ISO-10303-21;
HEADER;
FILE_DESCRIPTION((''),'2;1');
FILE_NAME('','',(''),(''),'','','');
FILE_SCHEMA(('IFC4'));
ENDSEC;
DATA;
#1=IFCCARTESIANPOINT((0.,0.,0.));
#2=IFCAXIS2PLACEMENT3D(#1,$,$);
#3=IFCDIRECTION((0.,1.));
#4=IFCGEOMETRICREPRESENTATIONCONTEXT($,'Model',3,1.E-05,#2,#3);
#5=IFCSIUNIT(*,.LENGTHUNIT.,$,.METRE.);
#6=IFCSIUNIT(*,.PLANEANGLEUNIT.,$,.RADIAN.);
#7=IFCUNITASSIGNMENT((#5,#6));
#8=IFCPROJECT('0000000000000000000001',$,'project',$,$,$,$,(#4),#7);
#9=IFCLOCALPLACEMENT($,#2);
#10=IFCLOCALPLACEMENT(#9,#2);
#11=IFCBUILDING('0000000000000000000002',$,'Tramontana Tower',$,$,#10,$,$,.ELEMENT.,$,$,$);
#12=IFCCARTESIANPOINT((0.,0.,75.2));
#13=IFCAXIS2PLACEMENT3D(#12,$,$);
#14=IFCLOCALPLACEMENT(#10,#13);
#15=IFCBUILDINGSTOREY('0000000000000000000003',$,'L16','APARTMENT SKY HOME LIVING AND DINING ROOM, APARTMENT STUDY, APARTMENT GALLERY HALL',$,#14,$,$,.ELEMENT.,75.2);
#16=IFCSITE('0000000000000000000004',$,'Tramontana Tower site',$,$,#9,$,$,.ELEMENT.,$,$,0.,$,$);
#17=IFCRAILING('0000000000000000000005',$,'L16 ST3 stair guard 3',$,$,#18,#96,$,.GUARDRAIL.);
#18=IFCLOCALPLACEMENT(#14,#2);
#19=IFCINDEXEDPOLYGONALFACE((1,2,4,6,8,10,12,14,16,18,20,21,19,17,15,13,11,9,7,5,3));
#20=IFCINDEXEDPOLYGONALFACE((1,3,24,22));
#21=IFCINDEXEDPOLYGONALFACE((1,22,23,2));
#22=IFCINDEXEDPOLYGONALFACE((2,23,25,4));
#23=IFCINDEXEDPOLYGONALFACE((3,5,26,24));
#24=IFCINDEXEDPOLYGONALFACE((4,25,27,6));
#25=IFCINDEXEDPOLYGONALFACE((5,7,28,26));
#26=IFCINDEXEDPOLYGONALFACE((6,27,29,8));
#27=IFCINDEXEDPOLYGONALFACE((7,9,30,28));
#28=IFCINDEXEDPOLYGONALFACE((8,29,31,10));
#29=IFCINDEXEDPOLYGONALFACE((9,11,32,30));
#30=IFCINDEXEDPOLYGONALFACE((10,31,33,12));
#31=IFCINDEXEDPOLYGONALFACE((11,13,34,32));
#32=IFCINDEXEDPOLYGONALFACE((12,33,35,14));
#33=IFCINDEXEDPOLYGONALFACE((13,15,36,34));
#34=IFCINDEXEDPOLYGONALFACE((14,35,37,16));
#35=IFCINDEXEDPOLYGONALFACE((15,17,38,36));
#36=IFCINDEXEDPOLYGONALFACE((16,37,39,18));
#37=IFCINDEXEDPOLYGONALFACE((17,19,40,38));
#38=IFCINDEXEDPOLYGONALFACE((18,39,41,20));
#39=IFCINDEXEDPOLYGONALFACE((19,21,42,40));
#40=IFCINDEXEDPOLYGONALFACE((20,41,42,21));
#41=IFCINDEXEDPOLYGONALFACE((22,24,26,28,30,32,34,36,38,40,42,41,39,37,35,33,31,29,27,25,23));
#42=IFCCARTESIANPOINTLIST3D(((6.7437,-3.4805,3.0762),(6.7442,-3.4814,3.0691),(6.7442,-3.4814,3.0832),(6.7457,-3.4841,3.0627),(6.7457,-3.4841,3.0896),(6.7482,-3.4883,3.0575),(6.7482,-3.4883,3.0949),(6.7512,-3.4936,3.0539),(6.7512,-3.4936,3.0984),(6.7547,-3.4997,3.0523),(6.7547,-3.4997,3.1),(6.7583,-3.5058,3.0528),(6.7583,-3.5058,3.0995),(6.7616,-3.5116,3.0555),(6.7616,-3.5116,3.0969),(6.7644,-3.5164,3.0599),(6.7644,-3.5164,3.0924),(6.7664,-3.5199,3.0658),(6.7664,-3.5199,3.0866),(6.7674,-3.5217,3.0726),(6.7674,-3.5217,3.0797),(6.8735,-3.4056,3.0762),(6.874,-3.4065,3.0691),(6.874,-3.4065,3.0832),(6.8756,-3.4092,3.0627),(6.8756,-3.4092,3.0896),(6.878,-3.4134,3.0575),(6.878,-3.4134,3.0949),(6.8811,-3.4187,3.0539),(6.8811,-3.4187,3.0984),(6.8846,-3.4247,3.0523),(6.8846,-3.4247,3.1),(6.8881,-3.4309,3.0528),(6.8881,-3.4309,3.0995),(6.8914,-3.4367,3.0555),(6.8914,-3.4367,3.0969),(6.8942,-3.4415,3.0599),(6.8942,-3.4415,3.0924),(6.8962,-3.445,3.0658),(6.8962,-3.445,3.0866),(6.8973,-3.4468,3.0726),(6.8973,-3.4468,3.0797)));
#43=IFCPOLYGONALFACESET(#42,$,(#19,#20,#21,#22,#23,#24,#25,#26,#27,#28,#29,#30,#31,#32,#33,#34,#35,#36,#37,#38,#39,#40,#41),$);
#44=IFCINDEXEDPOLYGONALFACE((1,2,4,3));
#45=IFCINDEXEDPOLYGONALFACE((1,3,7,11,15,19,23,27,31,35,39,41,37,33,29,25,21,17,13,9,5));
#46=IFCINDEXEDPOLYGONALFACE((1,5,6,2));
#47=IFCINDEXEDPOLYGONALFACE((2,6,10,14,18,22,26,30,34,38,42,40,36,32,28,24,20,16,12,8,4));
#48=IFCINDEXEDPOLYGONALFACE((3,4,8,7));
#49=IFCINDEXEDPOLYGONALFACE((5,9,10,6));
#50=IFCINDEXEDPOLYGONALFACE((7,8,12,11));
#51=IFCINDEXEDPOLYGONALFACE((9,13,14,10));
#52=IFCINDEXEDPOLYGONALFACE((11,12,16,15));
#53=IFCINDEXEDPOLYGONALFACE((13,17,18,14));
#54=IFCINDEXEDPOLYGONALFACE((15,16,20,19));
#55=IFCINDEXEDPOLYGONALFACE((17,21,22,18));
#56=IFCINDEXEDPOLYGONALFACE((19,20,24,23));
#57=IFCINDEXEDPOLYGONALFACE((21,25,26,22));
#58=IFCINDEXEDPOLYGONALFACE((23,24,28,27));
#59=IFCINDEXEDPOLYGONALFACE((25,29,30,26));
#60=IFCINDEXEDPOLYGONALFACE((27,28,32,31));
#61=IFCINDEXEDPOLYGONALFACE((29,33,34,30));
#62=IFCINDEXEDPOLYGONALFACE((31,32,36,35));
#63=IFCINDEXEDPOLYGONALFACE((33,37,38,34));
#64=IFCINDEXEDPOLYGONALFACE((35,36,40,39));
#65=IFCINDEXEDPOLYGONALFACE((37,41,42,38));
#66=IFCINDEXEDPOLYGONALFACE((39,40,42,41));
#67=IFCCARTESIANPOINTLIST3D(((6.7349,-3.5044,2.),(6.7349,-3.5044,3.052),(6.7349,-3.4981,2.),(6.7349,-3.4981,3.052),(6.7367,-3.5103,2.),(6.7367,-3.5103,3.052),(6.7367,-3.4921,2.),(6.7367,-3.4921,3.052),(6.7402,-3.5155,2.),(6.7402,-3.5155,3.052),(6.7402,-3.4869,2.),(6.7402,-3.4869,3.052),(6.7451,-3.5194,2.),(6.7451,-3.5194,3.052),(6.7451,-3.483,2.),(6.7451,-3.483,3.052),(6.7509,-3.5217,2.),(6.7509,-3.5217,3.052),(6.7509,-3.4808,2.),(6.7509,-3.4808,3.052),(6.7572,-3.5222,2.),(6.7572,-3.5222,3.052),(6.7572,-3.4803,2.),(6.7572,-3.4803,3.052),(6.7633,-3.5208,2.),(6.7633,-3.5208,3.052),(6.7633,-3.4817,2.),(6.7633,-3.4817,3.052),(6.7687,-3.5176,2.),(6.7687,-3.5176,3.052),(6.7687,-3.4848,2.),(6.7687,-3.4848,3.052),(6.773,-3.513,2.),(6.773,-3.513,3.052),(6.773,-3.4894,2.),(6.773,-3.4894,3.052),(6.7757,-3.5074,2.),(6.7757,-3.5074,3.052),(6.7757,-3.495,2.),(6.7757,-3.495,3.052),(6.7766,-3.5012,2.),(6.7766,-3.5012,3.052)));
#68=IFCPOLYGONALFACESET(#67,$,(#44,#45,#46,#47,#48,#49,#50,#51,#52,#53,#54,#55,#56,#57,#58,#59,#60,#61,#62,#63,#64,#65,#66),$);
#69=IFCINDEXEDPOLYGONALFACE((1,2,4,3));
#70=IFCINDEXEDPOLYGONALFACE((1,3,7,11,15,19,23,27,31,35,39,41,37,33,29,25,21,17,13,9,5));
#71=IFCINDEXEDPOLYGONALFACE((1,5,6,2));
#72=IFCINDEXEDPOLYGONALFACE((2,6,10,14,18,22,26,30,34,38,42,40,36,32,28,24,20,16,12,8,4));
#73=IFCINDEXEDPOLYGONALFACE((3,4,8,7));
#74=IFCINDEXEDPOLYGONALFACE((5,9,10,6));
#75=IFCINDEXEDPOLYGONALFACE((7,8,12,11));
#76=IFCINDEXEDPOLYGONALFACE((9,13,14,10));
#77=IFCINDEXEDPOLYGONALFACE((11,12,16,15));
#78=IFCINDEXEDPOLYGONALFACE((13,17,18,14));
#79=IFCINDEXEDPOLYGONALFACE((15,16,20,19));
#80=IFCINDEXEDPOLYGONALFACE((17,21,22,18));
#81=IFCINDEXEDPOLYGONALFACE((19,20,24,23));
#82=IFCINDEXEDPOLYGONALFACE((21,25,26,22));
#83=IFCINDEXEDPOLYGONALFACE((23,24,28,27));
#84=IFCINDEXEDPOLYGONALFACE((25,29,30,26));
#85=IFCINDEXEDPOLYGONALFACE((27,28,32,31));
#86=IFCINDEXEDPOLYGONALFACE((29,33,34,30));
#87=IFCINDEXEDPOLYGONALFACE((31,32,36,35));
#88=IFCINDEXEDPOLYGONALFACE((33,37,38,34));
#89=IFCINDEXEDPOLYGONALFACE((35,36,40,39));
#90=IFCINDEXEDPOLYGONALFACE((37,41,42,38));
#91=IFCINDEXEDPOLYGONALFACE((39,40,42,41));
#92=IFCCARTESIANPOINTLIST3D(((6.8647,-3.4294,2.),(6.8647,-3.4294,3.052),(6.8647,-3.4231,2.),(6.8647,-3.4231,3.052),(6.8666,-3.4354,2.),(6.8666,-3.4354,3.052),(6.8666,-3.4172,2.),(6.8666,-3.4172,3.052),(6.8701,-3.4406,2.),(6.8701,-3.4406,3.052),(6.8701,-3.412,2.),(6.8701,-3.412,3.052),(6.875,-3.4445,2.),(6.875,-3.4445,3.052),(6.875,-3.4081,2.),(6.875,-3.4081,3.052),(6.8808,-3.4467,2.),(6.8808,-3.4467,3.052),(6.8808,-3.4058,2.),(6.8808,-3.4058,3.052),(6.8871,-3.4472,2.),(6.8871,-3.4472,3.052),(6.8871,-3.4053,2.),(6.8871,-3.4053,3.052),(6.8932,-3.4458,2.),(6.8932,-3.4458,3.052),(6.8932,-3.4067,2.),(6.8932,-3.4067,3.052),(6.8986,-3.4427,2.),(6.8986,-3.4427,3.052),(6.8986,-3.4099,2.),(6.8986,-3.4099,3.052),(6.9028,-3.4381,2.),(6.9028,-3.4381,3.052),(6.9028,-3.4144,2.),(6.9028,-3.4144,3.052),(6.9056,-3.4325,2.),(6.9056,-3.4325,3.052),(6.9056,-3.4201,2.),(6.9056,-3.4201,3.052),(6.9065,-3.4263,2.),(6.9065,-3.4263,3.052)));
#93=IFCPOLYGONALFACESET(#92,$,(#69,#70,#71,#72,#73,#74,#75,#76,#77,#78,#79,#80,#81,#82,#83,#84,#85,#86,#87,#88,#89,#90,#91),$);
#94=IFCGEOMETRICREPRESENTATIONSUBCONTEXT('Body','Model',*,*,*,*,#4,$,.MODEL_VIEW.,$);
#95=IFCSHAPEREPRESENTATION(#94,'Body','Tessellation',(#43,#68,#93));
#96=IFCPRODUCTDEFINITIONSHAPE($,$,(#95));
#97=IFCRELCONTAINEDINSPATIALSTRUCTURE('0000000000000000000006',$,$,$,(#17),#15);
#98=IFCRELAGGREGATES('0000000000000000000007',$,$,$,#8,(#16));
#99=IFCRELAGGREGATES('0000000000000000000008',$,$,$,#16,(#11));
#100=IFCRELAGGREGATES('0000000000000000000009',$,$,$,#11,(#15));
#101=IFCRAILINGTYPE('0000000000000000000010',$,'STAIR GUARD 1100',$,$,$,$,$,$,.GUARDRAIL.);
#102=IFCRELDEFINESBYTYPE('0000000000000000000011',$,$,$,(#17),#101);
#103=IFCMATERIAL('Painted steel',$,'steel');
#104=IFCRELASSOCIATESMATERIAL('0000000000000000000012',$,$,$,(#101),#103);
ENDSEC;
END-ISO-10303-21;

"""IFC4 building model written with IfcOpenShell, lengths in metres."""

from ifc_helpers import new_model, si_unit, direction, frame, origin, origin_2d, place, context, subcontext, project, spatial, circle, extrude, material, type_object, element, save


model = new_model("IFC4")

# Units and contexts
model_context = context("Model", 3, precision=1e-05, world=origin(), true_north=direction((0.0, 1.0)))
body_context = subcontext(model_context, "Body", "Model", "MODEL_VIEW")
ifc_project = project(units=[si_unit("LENGTHUNIT", "METRE"), si_unit("PLANEANGLEUNIT", "RADIAN")], contexts=[model_context])

# Site, building, storey
site_placement = place(None, origin())
site = spatial("IfcSite", under=ifc_project, at=site_placement, Name="Tramontana Tower site", CompositionType="ELEMENT", RefElevation=0.0)
building_placement = place(site_placement, origin())
building = spatial("IfcBuilding", under=site, at=building_placement, Name="Tramontana Tower", CompositionType="ELEMENT")
storey_placement = place(building_placement, frame((0.0, 0.0, 75.2)))
storey = spatial("IfcBuildingStorey", under=building, at=storey_placement, Name="L16", Description="APARTMENT SKY HOME LIVING AND DINING ROOM, APARTMENT STUDY, APARTMENT GALLERY HALL", CompositionType="ELEMENT", Elevation=75.2)

# Railing
ifc_material_1 = material(Name="Painted steel", Category="steel")
railing_type_1 = type_object("IfcRailingType", Name="STAIR GUARD 1100", PredefinedType="GUARDRAIL", material=ifc_material_1)
railing_1_placement = place(storey_placement, frame((6.7556, -3.5012, 2.0)))
element("IfcRailing", 1, at=railing_1_placement, inside=storey, type_object=railing_type_1, Name="L16 ST3 stair guard 3", PredefinedType="GUARDRAIL", context=body_context, shape_type="SweptSolid", body=[
    extrude(circle(Radius=0.0239, at=origin_2d()), frame((0.0, 0.0, 1.0762), z_axis=(0.866131, 0.499816, 0.0), x_axis=(-0.499816, 0.866131, 0.0)), (0.0, 0.0, 1.0), 0.1499),
    extrude(circle(Radius=0.021, at=origin_2d()), origin(), (0.0, 0.0, 1.0), 1.052),
    extrude(circle(Radius=0.021, at=origin_2d()), frame((0.1299, 0.075, 0.0)), (0.0, 0.0, 1.0), 1.052),
])

save(model, "model.ifc")
